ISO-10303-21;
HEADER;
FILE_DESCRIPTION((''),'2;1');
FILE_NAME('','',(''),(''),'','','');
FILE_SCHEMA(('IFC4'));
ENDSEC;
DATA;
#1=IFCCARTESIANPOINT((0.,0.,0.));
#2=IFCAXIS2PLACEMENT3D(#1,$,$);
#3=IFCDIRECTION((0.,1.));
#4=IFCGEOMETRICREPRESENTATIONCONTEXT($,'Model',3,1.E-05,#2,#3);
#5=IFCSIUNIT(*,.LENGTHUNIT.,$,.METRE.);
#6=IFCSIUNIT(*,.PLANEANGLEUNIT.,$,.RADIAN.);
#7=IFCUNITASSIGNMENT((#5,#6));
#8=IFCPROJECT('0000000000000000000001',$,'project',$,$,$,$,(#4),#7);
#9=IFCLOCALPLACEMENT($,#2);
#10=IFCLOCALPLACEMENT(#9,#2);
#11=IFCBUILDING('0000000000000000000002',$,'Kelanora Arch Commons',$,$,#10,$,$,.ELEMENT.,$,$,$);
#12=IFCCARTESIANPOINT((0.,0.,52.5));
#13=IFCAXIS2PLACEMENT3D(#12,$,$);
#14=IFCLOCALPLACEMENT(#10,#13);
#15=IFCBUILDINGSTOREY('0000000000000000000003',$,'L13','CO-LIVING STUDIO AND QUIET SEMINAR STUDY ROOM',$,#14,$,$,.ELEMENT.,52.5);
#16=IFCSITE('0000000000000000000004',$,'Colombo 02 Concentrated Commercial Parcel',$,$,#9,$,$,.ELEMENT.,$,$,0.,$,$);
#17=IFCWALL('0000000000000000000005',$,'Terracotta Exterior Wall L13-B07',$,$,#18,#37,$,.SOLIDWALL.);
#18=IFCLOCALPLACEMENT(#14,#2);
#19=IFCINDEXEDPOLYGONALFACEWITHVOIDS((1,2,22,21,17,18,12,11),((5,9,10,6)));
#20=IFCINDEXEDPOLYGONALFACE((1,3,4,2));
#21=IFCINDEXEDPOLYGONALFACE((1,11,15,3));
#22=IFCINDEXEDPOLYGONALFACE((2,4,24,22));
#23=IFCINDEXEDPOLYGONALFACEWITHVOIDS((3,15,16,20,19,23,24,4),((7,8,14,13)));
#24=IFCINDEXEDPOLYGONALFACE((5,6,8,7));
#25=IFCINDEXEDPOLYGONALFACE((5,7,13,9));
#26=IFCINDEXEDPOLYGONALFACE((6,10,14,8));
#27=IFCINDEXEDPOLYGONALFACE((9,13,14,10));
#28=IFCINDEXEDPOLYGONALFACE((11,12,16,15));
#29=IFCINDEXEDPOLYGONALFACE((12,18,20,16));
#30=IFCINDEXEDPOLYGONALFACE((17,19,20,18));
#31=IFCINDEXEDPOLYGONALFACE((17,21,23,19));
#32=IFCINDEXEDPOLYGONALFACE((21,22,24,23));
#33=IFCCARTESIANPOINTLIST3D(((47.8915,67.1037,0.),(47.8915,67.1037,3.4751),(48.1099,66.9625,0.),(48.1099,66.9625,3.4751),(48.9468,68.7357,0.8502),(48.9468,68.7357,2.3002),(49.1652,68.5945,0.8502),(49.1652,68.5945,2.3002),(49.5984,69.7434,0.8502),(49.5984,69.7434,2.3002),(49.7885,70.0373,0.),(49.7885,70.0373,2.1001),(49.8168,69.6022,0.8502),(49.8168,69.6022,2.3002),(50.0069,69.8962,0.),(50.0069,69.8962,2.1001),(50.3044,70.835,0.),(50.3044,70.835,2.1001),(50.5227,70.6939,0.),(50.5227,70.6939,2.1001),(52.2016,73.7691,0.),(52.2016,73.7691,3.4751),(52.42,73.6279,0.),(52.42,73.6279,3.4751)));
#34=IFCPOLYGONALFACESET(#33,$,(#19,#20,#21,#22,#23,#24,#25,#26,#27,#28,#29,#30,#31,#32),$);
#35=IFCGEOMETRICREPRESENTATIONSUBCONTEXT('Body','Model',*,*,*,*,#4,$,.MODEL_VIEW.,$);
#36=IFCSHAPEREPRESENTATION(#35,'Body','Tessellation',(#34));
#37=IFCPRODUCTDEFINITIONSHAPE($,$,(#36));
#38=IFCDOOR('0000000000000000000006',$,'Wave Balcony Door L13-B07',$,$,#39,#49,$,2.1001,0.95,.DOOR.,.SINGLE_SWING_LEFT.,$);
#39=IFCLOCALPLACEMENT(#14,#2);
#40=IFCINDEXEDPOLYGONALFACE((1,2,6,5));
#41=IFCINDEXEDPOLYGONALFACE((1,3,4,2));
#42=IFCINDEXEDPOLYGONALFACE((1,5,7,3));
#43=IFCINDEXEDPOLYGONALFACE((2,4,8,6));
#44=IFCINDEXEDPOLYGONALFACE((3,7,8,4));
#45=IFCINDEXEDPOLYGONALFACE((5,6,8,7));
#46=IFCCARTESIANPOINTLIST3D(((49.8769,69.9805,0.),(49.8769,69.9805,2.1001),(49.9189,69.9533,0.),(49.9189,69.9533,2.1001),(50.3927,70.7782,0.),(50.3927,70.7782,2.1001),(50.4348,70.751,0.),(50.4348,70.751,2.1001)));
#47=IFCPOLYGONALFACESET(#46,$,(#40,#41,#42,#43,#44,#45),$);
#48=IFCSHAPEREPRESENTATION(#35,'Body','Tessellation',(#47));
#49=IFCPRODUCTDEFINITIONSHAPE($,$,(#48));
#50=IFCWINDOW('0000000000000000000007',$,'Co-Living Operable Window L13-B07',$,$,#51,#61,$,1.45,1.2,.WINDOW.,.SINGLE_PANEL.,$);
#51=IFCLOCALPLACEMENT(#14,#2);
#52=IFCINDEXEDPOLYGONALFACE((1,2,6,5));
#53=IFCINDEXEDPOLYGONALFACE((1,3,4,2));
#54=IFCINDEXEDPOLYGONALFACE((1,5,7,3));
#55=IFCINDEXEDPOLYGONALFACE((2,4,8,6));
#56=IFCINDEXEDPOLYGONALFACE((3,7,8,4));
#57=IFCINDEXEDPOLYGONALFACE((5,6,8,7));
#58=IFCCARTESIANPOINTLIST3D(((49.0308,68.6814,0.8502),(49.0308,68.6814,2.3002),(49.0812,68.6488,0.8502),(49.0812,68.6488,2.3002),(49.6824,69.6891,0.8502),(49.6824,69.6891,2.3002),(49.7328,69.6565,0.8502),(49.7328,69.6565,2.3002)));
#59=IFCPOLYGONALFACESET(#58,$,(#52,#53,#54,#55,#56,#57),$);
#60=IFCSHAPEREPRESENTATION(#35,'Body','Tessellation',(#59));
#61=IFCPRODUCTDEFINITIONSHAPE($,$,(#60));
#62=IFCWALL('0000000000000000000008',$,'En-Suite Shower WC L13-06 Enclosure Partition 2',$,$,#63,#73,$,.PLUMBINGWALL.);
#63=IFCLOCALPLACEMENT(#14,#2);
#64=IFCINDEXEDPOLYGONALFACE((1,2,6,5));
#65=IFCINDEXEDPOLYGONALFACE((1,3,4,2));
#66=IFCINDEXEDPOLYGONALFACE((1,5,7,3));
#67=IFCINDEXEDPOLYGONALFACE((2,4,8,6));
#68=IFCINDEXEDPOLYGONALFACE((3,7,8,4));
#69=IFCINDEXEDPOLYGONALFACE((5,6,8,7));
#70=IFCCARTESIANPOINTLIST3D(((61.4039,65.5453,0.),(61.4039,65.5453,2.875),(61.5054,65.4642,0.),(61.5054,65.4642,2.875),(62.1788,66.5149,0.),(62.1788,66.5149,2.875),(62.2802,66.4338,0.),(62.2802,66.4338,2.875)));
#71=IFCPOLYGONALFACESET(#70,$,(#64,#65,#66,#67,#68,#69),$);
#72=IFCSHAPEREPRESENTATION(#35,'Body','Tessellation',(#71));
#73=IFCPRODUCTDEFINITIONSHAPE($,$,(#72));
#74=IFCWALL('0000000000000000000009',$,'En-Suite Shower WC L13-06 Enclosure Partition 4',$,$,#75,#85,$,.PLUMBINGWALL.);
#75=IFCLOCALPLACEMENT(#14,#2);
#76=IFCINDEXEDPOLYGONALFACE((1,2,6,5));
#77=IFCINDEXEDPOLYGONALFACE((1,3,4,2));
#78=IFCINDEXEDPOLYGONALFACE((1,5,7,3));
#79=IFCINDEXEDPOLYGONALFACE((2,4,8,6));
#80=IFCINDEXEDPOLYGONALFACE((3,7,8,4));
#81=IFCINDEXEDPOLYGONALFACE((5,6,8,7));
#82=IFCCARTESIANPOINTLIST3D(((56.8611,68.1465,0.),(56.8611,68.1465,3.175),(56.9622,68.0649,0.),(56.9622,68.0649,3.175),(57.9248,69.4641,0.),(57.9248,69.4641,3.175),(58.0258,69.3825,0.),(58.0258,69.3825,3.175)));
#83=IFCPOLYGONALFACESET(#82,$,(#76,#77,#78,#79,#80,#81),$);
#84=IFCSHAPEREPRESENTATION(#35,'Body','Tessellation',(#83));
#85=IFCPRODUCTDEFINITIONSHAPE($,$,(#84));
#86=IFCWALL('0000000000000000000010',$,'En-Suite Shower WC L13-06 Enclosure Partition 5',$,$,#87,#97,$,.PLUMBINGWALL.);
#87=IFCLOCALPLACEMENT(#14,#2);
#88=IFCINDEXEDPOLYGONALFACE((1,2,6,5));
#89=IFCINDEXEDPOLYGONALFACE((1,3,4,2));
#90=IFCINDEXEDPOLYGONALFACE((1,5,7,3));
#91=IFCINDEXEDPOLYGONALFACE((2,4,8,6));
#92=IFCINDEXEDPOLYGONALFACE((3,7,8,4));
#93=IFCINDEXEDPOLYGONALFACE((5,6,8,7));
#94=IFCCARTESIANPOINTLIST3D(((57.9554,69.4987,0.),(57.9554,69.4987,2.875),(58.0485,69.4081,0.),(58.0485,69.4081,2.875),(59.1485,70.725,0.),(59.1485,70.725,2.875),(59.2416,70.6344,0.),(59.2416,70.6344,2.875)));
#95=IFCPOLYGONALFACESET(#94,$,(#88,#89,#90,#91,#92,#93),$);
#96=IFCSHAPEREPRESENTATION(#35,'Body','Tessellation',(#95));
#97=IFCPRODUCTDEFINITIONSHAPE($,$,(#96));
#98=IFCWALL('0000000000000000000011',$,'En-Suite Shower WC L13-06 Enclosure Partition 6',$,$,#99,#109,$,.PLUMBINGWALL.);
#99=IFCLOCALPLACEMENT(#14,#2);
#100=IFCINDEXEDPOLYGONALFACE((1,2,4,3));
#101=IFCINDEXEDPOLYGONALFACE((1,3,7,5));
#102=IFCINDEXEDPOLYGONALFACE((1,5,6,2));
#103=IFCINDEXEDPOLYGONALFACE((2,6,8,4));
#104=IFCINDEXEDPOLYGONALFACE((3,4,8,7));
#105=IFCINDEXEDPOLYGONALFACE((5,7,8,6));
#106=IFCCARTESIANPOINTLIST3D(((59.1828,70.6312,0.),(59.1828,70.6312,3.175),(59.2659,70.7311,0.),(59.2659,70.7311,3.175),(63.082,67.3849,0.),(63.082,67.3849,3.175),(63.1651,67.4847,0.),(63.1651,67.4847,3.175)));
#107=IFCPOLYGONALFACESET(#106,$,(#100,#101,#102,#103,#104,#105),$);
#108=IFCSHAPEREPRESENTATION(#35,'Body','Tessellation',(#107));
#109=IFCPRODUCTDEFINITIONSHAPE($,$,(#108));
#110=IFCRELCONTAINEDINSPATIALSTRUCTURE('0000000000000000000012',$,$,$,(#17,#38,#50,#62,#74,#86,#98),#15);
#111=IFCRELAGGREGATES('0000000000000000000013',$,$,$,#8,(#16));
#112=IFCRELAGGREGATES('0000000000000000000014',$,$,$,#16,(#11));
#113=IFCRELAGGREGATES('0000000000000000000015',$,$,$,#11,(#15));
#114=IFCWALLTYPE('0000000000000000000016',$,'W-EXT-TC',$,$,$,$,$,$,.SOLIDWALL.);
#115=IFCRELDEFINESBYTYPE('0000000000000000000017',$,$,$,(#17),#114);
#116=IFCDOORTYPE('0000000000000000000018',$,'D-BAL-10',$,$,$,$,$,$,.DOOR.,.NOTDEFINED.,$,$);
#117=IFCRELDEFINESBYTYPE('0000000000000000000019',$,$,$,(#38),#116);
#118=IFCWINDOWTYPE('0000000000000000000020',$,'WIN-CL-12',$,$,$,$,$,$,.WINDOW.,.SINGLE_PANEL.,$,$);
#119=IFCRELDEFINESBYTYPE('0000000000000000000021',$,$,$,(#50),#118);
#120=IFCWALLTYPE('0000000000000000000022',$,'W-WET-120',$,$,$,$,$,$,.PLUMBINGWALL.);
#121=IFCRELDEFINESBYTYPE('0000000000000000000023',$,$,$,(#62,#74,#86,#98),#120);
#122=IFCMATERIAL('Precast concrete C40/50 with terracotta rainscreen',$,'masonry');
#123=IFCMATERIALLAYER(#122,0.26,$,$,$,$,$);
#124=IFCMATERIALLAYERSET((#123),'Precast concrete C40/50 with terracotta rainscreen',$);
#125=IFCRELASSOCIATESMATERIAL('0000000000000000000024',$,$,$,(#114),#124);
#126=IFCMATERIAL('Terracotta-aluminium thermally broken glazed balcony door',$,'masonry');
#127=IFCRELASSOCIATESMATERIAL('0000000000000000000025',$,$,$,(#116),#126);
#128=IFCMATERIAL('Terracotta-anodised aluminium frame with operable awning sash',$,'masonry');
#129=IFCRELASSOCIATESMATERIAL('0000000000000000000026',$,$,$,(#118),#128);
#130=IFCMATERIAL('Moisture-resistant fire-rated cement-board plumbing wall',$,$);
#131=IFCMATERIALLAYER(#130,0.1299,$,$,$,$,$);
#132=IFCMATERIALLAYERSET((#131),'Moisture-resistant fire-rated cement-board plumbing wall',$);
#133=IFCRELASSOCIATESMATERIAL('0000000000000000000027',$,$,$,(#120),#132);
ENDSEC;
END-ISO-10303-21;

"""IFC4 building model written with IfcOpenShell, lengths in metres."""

from ifc_helpers import new_model, si_unit, direction, frame, frame_2d, origin, place, context, subcontext, project, spatial, rectangle, extrude, material, layer, layer_set, type_object, element, fill, save


model = new_model("IFC4")

# Units and contexts
model_context = context("Model", 3, precision=1e-05, world=origin(), true_north=direction((0.0, 1.0)))
body_context = subcontext(model_context, "Body", "Model", "MODEL_VIEW")
ifc_project = project(units=[si_unit("LENGTHUNIT", "METRE"), si_unit("PLANEANGLEUNIT", "RADIAN")], contexts=[model_context])

# Site, building, storey
site_placement = place(None, origin())
site = spatial("IfcSite", under=ifc_project, at=site_placement, Name="Colombo 02 Concentrated Commercial Parcel", CompositionType="ELEMENT", RefElevation=0.0)
building_placement = place(site_placement, origin())
building = spatial("IfcBuilding", under=site, at=building_placement, Name="Kelanora Arch Commons", CompositionType="ELEMENT")
storey_placement = place(building_placement, frame((0.0, 0.0, 52.5)))
storey = spatial("IfcBuildingStorey", under=building, at=storey_placement, Name="L13", Description="CO-LIVING STUDIO AND QUIET SEMINAR STUDY ROOM", CompositionType="ELEMENT", Elevation=52.5)

# Shared definitions
ifc_material_1 = material(Name="Precast concrete C40/50 with terracotta rainscreen", Category="masonry")
ifc_layer_1 = layer(ifc_material_1, 0.26)
ifc_layer_set_1 = layer_set([ifc_layer_1], Name="Precast concrete C40/50 with terracotta rainscreen")
wall_type_1 = type_object("IfcWallType", Name="W-EXT-TC", PredefinedType="SOLIDWALL", material=ifc_layer_set_1)

# Wall, openings, door, window
wall_1_placement = place(storey_placement, frame((52.3108, 73.6985, 0.0), z_axis=(0.0, 0.0, 1.0), x_axis=(-0.543005, -0.839729, 0.0)))
wall_1 = element("IfcWall", 1, at=wall_1_placement, inside=storey, type_object=wall_type_1, Name="Terracotta Exterior Wall L13-B07", PredefinedType="SOLIDWALL", context=body_context, shape_type="SweptSolid", body=[
    extrude(rectangle(XDim=7.9375, YDim=0.26, at=frame_2d((3.9688, 0.0))), origin(), (0.0, 0.0, 1.0), 3.4751),
])
opening_1_placement = place(wall_1_placement, frame((3.4939, 0.0, 0.0)))
opening_1 = element("IfcOpeningElement", 2, at=opening_1_placement, cuts=wall_1, PredefinedType="OPENING", context=body_context, shape_type="SweptSolid", body=[
    extrude(rectangle(XDim=0.95, YDim=2.1001, at=frame_2d((0.4751, 1.05))), frame((0.0, 0.1401, 0.0), z_axis=(0.0, -1.0, 0.0), x_axis=(1.0, 0.0, 0.0)), (0.0, 0.0, 1.0), 0.28),
])
opening_2_placement = place(wall_1_placement, frame((4.7939, 0.0, 0.8501)))
opening_2 = element("IfcOpeningElement", 3, at=opening_2_placement, cuts=wall_1, PredefinedType="OPENING", context=body_context, shape_type="SweptSolid", body=[
    extrude(rectangle(XDim=1.2, YDim=1.45, at=frame_2d((0.6001, 0.7251))), frame((0.0, 0.1401, 0.0), z_axis=(0.0, -1.0, 0.0), x_axis=(1.0, 0.0, 0.0)), (0.0, 0.0, 1.0), 0.28),
])
ifc_material_2 = material(Name="Terracotta-aluminium thermally broken glazed balcony door", Category="masonry")
door_type = type_object("IfcDoorType", Name="D-BAL-10", OperationType="NOTDEFINED", PredefinedType="DOOR", material=ifc_material_2)
door_placement = place(opening_1_placement, frame((0.95, 0.0, 0.0), z_axis=(0.0, 0.0, 1.0), x_axis=(-1.0, 0.0, 0.0)))
door = element("IfcDoor", 4, at=door_placement, inside=storey, type_object=door_type, Name="Wave Balcony Door L13-B07", OperationType="SINGLE_SWING_LEFT", OverallHeight=2.1001, OverallWidth=0.95, PredefinedType="DOOR", context=body_context, shape_type="SweptSolid", body=[
    extrude(rectangle(XDim=0.95, YDim=2.1001, at=frame_2d((0.4751, 1.05))), frame((0.0, 0.0249, 0.0), z_axis=(0.0, -1.0, 0.0), x_axis=(1.0, 0.0, 0.0)), (0.0, 0.0, 1.0), 0.05),
])
fill(opening_1, door)
ifc_material_3 = material(Name="Terracotta-anodised aluminium frame with operable awning sash", Category="masonry")
window_type_1 = type_object("IfcWindowType", Name="WIN-CL-12", PartitioningType="SINGLE_PANEL", PredefinedType="WINDOW", material=ifc_material_3)
window_1_placement = place(opening_2_placement, origin())
window_1 = element("IfcWindow", 5, at=window_1_placement, inside=storey, type_object=window_type_1, Name="Co-Living Operable Window L13-B07", OverallHeight=1.45, OverallWidth=1.2, PartitioningType="SINGLE_PANEL", PredefinedType="WINDOW", context=body_context, shape_type="SweptSolid", body=[
    extrude(rectangle(XDim=1.2, YDim=1.45, at=frame_2d((0.6001, 0.7251))), frame((0.0, 0.03, 0.0), z_axis=(0.0, -1.0, 0.0), x_axis=(1.0, 0.0, 0.0)), (0.0, 0.0, 1.0), 0.0601),
])
fill(opening_2, window_1)

# Walls
ifc_material_4 = material(Name="Moisture-resistant fire-rated cement-board plumbing wall")
ifc_layer_2 = layer(ifc_material_4, 0.1299)
ifc_layer_set_2 = layer_set([ifc_layer_2], Name="Moisture-resistant fire-rated cement-board plumbing wall")
wall_type_2 = type_object("IfcWallType", Name="W-WET-120", PredefinedType="PLUMBINGWALL", material=ifc_layer_set_2)
wall_2_placement = place(storey_placement, frame((62.2295, 66.4744, 0.0), z_axis=(0.0, 0.0, 1.0), x_axis=(-0.624263, -0.781214, 0.0)))
element("IfcWall", 6, at=wall_2_placement, inside=storey, type_object=wall_type_2, Name="En-Suite Shower WC L13-06 Enclosure Partition 2", PredefinedType="PLUMBINGWALL", context=body_context, shape_type="SweptSolid", body=[
    extrude(rectangle(XDim=1.2412, YDim=0.1299, at=frame_2d((0.6206, 0.0))), origin(), (0.0, 0.0, 1.0), 2.875),
])
wall_3_placement = place(storey_placement, frame((56.9116, 68.1057, 0.0), z_axis=(0.0, 0.0, 1.0), x_axis=(0.628153, 0.77809, 0.0)))
element("IfcWall", 7, at=wall_3_placement, inside=storey, type_object=wall_type_2, Name="En-Suite Shower WC L13-06 Enclosure Partition 4", PredefinedType="PLUMBINGWALL", context=body_context, shape_type="SweptSolid", body=[
    extrude(rectangle(XDim=1.6934, YDim=0.1299, at=frame_2d((0.8467, 0.0))), origin(), (0.0, 0.0, 1.0), 3.175),
])
wall_4_placement = place(storey_placement, frame((58.002, 69.4534, 0.0), z_axis=(0.0, 0.0, 1.0), x_axis=(0.697337, 0.716743, 0.0)))
element("IfcWall", 8, at=wall_4_placement, inside=storey, type_object=wall_type_2, Name="En-Suite Shower WC L13-06 Enclosure Partition 5", PredefinedType="PLUMBINGWALL", context=body_context, shape_type="SweptSolid", body=[
    extrude(rectangle(XDim=1.7109, YDim=0.1299, at=frame_2d((0.8555, 0.0))), origin(), (0.0, 0.0, 1.0), 2.875),
])
wall_5_placement = place(storey_placement, frame((59.2244, 70.6812, 0.0), z_axis=(0.0, 0.0, 1.0), x_axis=(0.768509, -0.639839, 0.0)))
element("IfcWall", 9, at=wall_5_placement, inside=storey, type_object=wall_type_2, Name="En-Suite Shower WC L13-06 Enclosure Partition 6", PredefinedType="PLUMBINGWALL", context=body_context, shape_type="SweptSolid", body=[
    extrude(rectangle(XDim=5.0737, YDim=0.1299, at=frame_2d((2.5369, 0.0))), origin(), (0.0, 0.0, 1.0), 3.175),
])

save(model, "model.ifc")
